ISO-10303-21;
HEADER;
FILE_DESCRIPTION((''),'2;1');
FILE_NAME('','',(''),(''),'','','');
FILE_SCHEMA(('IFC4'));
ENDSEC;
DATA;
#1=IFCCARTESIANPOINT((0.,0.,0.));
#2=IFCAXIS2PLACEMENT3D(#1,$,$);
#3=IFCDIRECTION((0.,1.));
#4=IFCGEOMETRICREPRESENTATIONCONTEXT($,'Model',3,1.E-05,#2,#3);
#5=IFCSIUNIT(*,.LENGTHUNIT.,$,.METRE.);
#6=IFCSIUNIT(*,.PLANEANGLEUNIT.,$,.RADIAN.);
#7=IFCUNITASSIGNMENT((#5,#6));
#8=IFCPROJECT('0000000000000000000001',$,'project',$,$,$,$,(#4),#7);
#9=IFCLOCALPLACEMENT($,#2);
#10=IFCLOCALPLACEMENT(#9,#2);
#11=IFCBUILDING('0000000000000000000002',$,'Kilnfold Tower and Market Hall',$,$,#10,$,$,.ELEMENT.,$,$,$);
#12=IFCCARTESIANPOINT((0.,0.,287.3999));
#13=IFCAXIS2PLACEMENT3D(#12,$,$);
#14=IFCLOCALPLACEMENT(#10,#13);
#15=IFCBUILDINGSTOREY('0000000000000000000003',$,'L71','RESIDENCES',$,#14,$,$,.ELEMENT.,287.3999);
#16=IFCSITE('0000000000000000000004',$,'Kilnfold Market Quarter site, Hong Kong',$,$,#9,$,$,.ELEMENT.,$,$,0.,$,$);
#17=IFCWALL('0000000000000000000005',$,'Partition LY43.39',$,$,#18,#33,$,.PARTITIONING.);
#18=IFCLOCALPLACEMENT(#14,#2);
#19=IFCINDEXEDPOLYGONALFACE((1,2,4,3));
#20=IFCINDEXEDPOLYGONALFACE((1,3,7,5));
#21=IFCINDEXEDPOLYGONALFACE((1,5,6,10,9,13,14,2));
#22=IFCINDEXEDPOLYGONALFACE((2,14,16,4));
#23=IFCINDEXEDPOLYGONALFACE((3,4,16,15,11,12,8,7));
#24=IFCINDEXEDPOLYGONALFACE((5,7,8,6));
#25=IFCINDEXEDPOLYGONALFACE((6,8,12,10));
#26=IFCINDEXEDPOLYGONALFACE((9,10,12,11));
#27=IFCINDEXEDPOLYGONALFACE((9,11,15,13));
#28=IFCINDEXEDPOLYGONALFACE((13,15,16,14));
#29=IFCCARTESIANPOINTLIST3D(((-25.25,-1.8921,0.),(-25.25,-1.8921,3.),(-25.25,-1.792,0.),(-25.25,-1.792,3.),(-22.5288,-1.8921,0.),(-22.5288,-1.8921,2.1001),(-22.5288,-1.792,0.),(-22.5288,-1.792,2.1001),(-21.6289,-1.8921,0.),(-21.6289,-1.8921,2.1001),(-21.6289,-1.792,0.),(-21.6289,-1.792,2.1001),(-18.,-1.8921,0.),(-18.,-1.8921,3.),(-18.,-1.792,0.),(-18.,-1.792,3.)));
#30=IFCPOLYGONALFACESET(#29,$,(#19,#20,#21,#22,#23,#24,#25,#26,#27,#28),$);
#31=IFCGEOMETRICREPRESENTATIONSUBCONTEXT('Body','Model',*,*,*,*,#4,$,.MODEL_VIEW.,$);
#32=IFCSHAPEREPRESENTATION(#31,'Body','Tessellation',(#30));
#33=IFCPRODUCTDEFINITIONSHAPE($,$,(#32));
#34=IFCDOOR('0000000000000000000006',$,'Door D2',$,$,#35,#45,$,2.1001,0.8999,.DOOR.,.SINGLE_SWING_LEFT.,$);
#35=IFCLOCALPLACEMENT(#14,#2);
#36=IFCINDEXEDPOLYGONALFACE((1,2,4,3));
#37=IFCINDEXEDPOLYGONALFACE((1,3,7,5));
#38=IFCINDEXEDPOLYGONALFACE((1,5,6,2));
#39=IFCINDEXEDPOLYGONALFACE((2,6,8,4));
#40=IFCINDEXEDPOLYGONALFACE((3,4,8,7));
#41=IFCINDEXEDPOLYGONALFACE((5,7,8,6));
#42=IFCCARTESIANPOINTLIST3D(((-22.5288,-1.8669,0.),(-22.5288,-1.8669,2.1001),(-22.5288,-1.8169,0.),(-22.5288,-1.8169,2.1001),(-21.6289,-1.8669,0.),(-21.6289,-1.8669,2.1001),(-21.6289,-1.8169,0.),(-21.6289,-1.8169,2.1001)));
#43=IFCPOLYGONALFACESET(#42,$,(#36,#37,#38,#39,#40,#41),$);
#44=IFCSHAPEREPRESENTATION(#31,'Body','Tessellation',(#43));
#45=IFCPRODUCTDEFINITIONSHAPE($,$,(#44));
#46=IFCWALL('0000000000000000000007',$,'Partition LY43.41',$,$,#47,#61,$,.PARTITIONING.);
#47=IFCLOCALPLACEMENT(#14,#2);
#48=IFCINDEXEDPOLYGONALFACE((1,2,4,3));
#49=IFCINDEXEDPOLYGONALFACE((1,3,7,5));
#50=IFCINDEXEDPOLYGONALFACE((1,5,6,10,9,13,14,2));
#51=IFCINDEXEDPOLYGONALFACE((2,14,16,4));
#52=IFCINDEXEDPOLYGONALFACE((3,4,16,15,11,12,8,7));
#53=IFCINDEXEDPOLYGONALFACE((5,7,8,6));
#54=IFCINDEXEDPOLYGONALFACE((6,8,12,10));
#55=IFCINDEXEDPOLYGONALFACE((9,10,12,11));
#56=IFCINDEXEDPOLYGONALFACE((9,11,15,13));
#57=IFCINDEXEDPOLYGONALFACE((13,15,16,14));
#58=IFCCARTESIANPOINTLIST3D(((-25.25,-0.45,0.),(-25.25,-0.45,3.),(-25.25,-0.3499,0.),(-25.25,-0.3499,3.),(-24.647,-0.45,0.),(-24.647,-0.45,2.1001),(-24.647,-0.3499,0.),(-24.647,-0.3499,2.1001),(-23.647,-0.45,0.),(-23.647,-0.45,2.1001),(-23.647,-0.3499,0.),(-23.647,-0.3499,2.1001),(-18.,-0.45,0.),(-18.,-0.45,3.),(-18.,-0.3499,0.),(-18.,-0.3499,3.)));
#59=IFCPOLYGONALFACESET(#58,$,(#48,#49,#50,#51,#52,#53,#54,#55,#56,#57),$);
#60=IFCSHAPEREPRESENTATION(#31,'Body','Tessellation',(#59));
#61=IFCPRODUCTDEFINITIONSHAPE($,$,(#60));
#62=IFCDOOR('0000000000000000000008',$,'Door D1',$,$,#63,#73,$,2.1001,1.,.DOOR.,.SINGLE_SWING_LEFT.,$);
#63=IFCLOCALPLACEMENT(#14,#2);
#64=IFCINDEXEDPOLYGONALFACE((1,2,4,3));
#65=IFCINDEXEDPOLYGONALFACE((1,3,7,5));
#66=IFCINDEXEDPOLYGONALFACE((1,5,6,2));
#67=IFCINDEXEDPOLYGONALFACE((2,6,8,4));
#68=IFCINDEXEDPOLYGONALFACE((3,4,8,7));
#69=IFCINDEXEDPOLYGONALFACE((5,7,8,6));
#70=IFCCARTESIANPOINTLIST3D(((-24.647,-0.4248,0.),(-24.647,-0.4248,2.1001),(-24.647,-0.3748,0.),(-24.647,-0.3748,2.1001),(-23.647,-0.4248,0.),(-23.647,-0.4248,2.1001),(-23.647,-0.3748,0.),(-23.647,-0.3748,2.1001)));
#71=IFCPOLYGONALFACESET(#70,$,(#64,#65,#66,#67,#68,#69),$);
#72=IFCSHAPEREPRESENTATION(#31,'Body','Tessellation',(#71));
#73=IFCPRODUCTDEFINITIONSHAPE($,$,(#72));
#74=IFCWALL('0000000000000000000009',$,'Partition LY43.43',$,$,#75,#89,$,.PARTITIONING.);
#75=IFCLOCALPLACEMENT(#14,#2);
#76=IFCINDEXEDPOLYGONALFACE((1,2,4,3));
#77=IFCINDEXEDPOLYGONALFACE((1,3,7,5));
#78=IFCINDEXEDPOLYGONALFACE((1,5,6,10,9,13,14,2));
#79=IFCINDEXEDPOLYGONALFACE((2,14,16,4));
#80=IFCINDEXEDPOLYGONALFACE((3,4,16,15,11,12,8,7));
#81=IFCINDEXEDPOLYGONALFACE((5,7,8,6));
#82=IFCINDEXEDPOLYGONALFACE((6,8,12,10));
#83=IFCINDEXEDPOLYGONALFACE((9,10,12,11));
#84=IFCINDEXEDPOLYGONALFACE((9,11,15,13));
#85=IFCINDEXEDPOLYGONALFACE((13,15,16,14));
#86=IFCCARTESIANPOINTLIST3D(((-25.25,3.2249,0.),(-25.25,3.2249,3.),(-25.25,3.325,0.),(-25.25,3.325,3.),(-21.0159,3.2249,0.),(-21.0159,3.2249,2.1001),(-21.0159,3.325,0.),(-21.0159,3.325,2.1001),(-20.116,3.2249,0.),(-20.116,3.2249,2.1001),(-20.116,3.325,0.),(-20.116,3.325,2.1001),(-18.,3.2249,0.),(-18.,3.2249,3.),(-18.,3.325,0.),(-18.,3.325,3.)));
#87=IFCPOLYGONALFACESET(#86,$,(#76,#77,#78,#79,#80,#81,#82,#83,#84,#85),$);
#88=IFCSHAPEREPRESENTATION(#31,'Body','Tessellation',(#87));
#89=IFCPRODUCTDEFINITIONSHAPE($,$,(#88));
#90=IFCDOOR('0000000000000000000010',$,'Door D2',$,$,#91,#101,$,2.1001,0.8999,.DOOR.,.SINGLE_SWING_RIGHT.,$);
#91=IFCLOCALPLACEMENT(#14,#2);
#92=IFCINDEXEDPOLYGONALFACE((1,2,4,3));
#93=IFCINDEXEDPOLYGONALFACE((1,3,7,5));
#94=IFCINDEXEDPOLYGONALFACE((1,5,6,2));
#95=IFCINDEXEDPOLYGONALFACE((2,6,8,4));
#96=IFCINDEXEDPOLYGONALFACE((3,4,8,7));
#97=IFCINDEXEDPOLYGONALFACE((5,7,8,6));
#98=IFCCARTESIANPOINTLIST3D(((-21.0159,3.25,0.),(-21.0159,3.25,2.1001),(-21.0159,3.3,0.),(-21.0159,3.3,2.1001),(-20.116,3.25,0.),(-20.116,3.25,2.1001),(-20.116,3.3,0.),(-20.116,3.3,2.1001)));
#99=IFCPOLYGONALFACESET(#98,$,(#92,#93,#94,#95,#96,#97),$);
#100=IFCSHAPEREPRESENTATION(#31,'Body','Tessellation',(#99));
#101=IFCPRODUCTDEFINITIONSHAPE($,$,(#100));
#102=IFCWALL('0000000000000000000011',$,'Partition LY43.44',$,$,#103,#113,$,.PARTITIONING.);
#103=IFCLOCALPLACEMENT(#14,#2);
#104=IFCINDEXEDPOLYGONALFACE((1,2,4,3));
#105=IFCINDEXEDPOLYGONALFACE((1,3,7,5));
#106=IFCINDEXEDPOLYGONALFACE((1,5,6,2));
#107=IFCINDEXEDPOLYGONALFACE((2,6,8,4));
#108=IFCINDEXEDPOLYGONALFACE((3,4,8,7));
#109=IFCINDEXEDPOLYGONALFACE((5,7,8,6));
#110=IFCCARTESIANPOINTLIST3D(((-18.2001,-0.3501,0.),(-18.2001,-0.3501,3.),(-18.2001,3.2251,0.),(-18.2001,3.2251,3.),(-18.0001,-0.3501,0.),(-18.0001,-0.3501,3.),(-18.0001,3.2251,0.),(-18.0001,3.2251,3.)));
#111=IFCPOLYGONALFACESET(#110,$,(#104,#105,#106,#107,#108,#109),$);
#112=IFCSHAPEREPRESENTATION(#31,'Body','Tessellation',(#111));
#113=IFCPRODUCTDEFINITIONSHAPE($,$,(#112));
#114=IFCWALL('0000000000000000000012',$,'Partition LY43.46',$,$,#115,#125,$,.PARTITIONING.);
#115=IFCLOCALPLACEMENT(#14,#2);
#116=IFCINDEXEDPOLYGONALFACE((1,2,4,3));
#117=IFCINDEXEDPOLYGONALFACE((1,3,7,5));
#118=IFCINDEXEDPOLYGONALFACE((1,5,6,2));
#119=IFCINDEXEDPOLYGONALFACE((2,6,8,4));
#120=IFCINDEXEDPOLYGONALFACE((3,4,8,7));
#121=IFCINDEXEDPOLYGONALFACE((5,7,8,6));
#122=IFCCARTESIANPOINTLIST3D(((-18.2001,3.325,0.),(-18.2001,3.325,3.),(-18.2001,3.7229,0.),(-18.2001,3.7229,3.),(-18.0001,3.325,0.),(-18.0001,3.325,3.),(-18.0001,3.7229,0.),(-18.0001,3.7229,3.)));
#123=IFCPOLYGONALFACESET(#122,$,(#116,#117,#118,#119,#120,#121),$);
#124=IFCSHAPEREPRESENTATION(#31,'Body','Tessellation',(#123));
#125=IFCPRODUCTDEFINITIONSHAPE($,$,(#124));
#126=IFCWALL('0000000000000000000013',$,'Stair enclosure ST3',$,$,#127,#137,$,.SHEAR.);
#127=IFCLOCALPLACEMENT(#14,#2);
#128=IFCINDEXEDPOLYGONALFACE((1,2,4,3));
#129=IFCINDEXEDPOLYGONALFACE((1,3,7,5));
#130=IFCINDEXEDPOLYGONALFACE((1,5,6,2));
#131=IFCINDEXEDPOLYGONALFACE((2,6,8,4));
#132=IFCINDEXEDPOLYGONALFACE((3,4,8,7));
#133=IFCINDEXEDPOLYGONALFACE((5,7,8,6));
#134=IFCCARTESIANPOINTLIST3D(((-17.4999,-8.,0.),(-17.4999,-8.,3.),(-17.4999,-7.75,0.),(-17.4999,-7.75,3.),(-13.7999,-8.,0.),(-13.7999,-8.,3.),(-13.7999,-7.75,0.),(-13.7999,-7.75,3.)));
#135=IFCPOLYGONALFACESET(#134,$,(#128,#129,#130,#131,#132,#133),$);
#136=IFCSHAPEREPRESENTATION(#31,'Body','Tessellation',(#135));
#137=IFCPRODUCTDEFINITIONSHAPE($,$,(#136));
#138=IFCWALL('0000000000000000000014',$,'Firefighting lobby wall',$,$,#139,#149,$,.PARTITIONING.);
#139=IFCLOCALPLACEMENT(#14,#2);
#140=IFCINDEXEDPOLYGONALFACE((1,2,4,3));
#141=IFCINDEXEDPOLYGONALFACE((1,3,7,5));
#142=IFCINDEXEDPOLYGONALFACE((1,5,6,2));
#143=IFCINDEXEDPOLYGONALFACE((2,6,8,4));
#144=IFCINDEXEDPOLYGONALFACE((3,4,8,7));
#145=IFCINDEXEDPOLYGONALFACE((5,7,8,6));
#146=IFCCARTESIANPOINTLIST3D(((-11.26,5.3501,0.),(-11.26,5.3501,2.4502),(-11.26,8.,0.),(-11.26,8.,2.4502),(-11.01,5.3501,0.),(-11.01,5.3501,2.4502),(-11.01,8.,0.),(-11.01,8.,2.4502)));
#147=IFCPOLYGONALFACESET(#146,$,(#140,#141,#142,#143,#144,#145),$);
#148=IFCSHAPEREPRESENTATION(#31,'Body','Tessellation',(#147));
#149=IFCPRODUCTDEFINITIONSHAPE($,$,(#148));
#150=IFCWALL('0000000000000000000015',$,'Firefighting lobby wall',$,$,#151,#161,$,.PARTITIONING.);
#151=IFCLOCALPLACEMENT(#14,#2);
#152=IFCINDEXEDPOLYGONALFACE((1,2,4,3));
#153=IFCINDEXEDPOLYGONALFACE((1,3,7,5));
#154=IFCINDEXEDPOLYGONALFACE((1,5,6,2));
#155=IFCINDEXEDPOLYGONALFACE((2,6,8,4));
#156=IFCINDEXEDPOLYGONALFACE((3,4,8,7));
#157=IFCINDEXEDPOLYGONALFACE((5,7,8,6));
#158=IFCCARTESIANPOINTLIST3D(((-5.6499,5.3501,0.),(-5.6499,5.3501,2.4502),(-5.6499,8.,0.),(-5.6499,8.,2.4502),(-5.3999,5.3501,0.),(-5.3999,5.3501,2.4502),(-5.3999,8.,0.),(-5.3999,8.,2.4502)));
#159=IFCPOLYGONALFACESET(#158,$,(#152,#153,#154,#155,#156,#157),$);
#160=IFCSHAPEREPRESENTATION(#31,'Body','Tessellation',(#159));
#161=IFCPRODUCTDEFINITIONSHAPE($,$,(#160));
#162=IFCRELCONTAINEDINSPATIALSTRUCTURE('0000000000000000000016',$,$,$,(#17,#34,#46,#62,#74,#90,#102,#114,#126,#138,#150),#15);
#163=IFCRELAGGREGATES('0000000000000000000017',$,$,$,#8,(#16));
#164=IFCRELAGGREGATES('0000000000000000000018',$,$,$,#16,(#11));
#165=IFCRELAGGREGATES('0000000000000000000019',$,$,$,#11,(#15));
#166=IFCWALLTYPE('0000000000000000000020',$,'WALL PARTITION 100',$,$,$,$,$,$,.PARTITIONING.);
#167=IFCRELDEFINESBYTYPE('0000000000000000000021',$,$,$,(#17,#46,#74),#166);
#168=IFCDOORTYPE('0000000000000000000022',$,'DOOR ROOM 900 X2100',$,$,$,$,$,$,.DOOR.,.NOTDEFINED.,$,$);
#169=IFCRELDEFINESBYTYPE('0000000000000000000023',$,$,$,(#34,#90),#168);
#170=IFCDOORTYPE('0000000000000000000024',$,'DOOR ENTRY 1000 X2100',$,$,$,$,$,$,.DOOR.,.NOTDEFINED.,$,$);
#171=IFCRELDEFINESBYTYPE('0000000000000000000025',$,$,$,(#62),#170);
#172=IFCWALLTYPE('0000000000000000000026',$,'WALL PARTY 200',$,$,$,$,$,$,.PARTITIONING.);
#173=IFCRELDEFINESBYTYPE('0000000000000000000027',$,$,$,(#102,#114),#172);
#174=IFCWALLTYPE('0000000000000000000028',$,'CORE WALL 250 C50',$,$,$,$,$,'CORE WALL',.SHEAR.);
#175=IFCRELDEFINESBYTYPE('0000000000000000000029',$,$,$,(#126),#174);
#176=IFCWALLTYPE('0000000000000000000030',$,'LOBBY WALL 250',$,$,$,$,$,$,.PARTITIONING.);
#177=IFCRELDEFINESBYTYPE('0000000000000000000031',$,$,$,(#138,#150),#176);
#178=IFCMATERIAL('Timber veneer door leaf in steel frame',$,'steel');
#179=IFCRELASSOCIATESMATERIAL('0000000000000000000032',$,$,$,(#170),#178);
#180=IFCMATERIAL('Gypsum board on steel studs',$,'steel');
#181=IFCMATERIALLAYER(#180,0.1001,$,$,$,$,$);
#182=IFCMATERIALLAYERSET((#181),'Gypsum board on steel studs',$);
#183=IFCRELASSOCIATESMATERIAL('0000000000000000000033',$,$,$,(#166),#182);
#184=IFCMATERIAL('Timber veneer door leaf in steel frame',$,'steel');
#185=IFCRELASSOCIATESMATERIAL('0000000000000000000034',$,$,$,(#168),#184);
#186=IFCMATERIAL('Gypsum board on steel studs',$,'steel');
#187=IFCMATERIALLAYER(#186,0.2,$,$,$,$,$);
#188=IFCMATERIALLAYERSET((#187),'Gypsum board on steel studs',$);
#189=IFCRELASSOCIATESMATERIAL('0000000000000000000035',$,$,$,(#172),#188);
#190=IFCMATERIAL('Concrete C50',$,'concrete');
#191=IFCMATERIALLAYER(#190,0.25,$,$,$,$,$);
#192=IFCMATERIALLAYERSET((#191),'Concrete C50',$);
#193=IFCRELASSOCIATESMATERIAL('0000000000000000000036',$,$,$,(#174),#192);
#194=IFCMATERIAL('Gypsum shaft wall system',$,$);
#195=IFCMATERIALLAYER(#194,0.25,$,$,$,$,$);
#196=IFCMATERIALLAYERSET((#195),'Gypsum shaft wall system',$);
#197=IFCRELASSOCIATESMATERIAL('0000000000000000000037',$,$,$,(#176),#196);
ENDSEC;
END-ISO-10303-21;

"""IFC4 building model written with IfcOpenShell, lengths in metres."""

from ifc_helpers import new_model, si_unit, direction, frame, frame_2d, origin, place, context, subcontext, project, spatial, rectangle, extrude, source, transform, mapped, material, layer, layer_set, type_object, element, fill, save


model = new_model("IFC4")

# Units and contexts
model_context = context("Model", 3, precision=1e-05, world=origin(), true_north=direction((0.0, 1.0)))
body_context = subcontext(model_context, "Body", "Model", "MODEL_VIEW")
ifc_project = project(units=[si_unit("LENGTHUNIT", "METRE"), si_unit("PLANEANGLEUNIT", "RADIAN")], contexts=[model_context])

# Site, building, storey
site_placement = place(None, origin())
site = spatial("IfcSite", under=ifc_project, at=site_placement, Name="Kilnfold Market Quarter site, Hong Kong", CompositionType="ELEMENT", RefElevation=0.0)
building_placement = place(site_placement, origin())
building = spatial("IfcBuilding", under=site, at=building_placement, Name="Kilnfold Tower and Market Hall", CompositionType="ELEMENT")
storey_placement = place(building_placement, frame((0.0, 0.0, 287.3999)))
storey = spatial("IfcBuildingStorey", under=building, at=storey_placement, Name="L71", Description="RESIDENCES", CompositionType="ELEMENT", Elevation=287.3999)

# Shared definitions
ifc_material_1 = material(Name="Timber veneer door leaf in steel frame", Category="steel")
door_type_1 = type_object("IfcDoorType", Name="DOOR ENTRY 1000 X2100", OperationType="NOTDEFINED", PredefinedType="DOOR", material=ifc_material_1)

# Walls, openings, doors
ifc_material_2 = material(Name="Gypsum board on steel studs", Category="steel")
ifc_layer_1 = layer(ifc_material_2, 0.1001)
ifc_layer_set_1 = layer_set([ifc_layer_1], Name="Gypsum board on steel studs")
wall_type_1 = type_object("IfcWallType", Name="WALL PARTITION 100", PredefinedType="PARTITIONING", material=ifc_layer_set_1)
wall_1_placement = place(storey_placement, frame((-18.0, -1.842, 0.0), z_axis=(0.0, 0.0, 1.0), x_axis=(-1.0, 0.0, 0.0)))
wall_1 = element("IfcWall", 1, at=wall_1_placement, inside=storey, type_object=wall_type_1, Name="Partition LY43.39", PredefinedType="PARTITIONING", context=body_context, shape_type="SweptSolid", body=[
    extrude(rectangle(XDim=7.25, YDim=0.1001, at=frame_2d((3.625, 0.0))), origin(), (0.0, 0.0, 1.0), 3.0),
])
opening_1_placement = place(wall_1_placement, frame((3.6289, 0.0, 0.0)))
opening_1 = element("IfcOpeningElement", 2, at=opening_1_placement, cuts=wall_1, PredefinedType="OPENING", context=body_context, shape_type="SweptSolid", body=[
    extrude(rectangle(XDim=0.8999, YDim=2.1001, at=frame_2d((0.45, 1.05))), frame((0.0, 0.0601, 0.0), z_axis=(0.0, -1.0, 0.0), x_axis=(1.0, 0.0, 0.0)), (0.0, 0.0, 1.0), 0.1201),
])
ifc_material_3 = material(Name="Timber veneer door leaf in steel frame", Category="steel")
door_type_2 = type_object("IfcDoorType", Name="DOOR ROOM 900 X2100", OperationType="NOTDEFINED", PredefinedType="DOOR", material=ifc_material_3)
door_1_placement = place(opening_1_placement, origin())
door_1 = element("IfcDoor", 3, at=door_1_placement, inside=storey, type_object=door_type_2, Name="Door D2", OperationType="SINGLE_SWING_LEFT", OverallHeight=2.1001, OverallWidth=0.8999, PredefinedType="DOOR", context=body_context, shape_type="SweptSolid", body=[
    extrude(rectangle(XDim=0.8999, YDim=2.1001, at=frame_2d((0.45, 1.05))), frame((0.0, 0.0249, 0.0), z_axis=(0.0, -1.0, 0.0), x_axis=(1.0, 0.0, 0.0)), (0.0, 0.0, 1.0), 0.05),
])
fill(opening_1, door_1)
wall_2_placement = place(storey_placement, frame((-18.0, -0.3999, 0.0), z_axis=(0.0, 0.0, 1.0), x_axis=(-1.0, 0.0, 0.0)))
wall_2 = element("IfcWall", 4, at=wall_2_placement, inside=storey, type_object=wall_type_1, Name="Partition LY43.41", PredefinedType="PARTITIONING", context=body_context, shape_type="SweptSolid", body=[
    extrude(rectangle(XDim=7.25, YDim=0.1001, at=frame_2d((3.625, 0.0))), origin(), (0.0, 0.0, 1.0), 3.0),
])
opening_2_placement = place(wall_2_placement, frame((5.647, 0.0, 0.0)))
opening_2 = element("IfcOpeningElement", 5, at=opening_2_placement, cuts=wall_2, PredefinedType="OPENING", context=body_context, shape_type="SweptSolid", body=[
    extrude(rectangle(XDim=1.0, YDim=2.1001, at=frame_2d((0.5, 1.05))), frame((0.0, 0.0601, 0.0), z_axis=(0.0, -1.0, 0.0), x_axis=(1.0, 0.0, 0.0)), (0.0, 0.0, 1.0), 0.1201),
])
door_2_placement = place(opening_2_placement, origin())
door_2 = element("IfcDoor", 6, at=door_2_placement, inside=storey, type_object=door_type_1, Name="Door D1", OperationType="SINGLE_SWING_LEFT", OverallHeight=2.1001, OverallWidth=1.0, PredefinedType="DOOR", context=body_context, shape_type="SweptSolid", body=[
    extrude(rectangle(XDim=1.0, YDim=2.1001, at=frame_2d((0.5, 1.05))), frame((0.0, 0.0249, 0.0), z_axis=(0.0, -1.0, 0.0), x_axis=(1.0, 0.0, 0.0)), (0.0, 0.0, 1.0), 0.05),
])
fill(opening_2, door_2)
wall_3_placement = place(storey_placement, frame((-18.0, 3.2749, 0.0), z_axis=(0.0, 0.0, 1.0), x_axis=(-1.0, 0.0, 0.0)))
wall_3 = element("IfcWall", 7, at=wall_3_placement, inside=storey, type_object=wall_type_1, Name="Partition LY43.43", PredefinedType="PARTITIONING", context=body_context, shape_type="SweptSolid", body=[
    extrude(rectangle(XDim=7.25, YDim=0.1001, at=frame_2d((3.625, 0.0))), origin(), (0.0, 0.0, 1.0), 3.0),
])
opening_3_placement = place(wall_3_placement, frame((2.116, 0.0, 0.0)))
opening_3 = element("IfcOpeningElement", 8, at=opening_3_placement, cuts=wall_3, PredefinedType="OPENING", context=body_context, shape_type="SweptSolid", body=[
    extrude(rectangle(XDim=0.8999, YDim=2.1001, at=frame_2d((0.45, 1.05))), frame((0.0, 0.0601, 0.0), z_axis=(0.0, -1.0, 0.0), x_axis=(1.0, 0.0, 0.0)), (0.0, 0.0, 1.0), 0.1201),
])
door_3_placement = place(opening_3_placement, origin())
door_3 = element("IfcDoor", 9, at=door_3_placement, inside=storey, type_object=door_type_2, Name="Door D2", OperationType="SINGLE_SWING_RIGHT", OverallHeight=2.1001, OverallWidth=0.8999, PredefinedType="DOOR", context=body_context, shape_type="SweptSolid", body=[
    extrude(rectangle(XDim=0.8999, YDim=2.1001, at=frame_2d((0.45, 1.05))), frame((0.0, 0.0249, 0.0), z_axis=(0.0, -1.0, 0.0), x_axis=(1.0, 0.0, 0.0)), (0.0, 0.0, 1.0), 0.05),
])
fill(opening_3, door_3)

# Walls
ifc_material_4 = material(Name="Gypsum board on steel studs", Category="steel")
ifc_layer_2 = layer(ifc_material_4, 0.2)
ifc_layer_set_2 = layer_set([ifc_layer_2], Name="Gypsum board on steel studs")
wall_type_2 = type_object("IfcWallType", Name="WALL PARTY 200", PredefinedType="PARTITIONING", material=ifc_layer_set_2)
wall_4_placement = place(storey_placement, frame((-18.1001, -0.3501, 0.0), z_axis=(0.0, 0.0, 1.0), x_axis=(0.0, 1.0, 0.0)))
element("IfcWall", 10, at=wall_4_placement, inside=storey, type_object=wall_type_2, Name="Partition LY43.44", PredefinedType="PARTITIONING", context=body_context, shape_type="SweptSolid", body=[
    extrude(rectangle(XDim=3.5752, YDim=0.2, at=frame_2d((1.7876, 0.0))), origin(), (0.0, 0.0, 1.0), 3.0),
])
wall_5_placement = place(storey_placement, frame((-18.1001, 3.325, 0.0), z_axis=(0.0, 0.0, 1.0), x_axis=(0.0, 1.0, 0.0)))
element("IfcWall", 11, at=wall_5_placement, inside=storey, type_object=wall_type_2, Name="Partition LY43.46", PredefinedType="PARTITIONING", context=body_context, shape_type="SweptSolid", body=[
    extrude(rectangle(XDim=0.3979, YDim=0.2, at=frame_2d((0.199, 0.0))), origin(), (0.0, 0.0, 1.0), 3.0),
])
ifc_material_5 = material(Name="Concrete C50", Category="concrete")
ifc_layer_3 = layer(ifc_material_5, 0.25)
ifc_layer_set_3 = layer_set([ifc_layer_3], Name="Concrete C50")
wall_type_3 = type_object("IfcWallType", Name="CORE WALL 250 C50", ElementType="CORE WALL", PredefinedType="SHEAR", material=ifc_layer_set_3)
shared_shape_1 = source(origin(), body_context, "Body", "SweptSolid", [
    extrude(rectangle(XDim=3.7, YDim=0.25, at=frame_2d((1.8501, 0.0))), origin(), (0.0, 0.0, 1.0), 3.0),
])
wall_6_placement = place(storey_placement, frame((-17.5, -7.875, 0.0), z_axis=(0.0, 0.0, 1.0), x_axis=(1.0, 0.0, 0.0)))
element("IfcWall", 12, at=wall_6_placement, inside=storey, type_object=wall_type_3, Name="Stair enclosure ST3", PredefinedType="SHEAR", context=body_context, shape_type="MappedRepresentation", body=[
    mapped(shared_shape_1, transform((0.0, 0.0, 0.0))),
])
ifc_material_6 = material(Name="Gypsum shaft wall system")
ifc_layer_4 = layer(ifc_material_6, 0.25)
ifc_layer_set_4 = layer_set([ifc_layer_4], Name="Gypsum shaft wall system")
wall_type_4 = type_object("IfcWallType", Name="LOBBY WALL 250", PredefinedType="PARTITIONING", material=ifc_layer_set_4)
shared_shape_2 = source(origin(), body_context, "Body", "SweptSolid", [
    extrude(rectangle(XDim=2.6499, YDim=0.25, at=frame_2d((1.325, 0.0))), origin(), (0.0, 0.0, 1.0), 2.4502),
])
for number, where, z_axis, x_axis, name in (
    (13, (-11.135, 5.3501, 0.0), (0.0, 0.0, 1.0), (0.0, 1.0, 0.0), "Firefighting lobby wall"),
    (14, (-5.5249, 5.3501, 0.0), (0.0, 0.0, 1.0), (0.0, 1.0, 0.0), "Firefighting lobby wall"),
):
    element("IfcWall", number, at=place(storey_placement, frame(where, z_axis=z_axis, x_axis=x_axis)), inside=storey, type_object=wall_type_4, Name=name, PredefinedType="PARTITIONING", context=body_context, shape_type="MappedRepresentation", body=[
        mapped(shared_shape_2, transform((0.0, 0.0, 0.0))),
    ])

save(model, "model.ifc")
